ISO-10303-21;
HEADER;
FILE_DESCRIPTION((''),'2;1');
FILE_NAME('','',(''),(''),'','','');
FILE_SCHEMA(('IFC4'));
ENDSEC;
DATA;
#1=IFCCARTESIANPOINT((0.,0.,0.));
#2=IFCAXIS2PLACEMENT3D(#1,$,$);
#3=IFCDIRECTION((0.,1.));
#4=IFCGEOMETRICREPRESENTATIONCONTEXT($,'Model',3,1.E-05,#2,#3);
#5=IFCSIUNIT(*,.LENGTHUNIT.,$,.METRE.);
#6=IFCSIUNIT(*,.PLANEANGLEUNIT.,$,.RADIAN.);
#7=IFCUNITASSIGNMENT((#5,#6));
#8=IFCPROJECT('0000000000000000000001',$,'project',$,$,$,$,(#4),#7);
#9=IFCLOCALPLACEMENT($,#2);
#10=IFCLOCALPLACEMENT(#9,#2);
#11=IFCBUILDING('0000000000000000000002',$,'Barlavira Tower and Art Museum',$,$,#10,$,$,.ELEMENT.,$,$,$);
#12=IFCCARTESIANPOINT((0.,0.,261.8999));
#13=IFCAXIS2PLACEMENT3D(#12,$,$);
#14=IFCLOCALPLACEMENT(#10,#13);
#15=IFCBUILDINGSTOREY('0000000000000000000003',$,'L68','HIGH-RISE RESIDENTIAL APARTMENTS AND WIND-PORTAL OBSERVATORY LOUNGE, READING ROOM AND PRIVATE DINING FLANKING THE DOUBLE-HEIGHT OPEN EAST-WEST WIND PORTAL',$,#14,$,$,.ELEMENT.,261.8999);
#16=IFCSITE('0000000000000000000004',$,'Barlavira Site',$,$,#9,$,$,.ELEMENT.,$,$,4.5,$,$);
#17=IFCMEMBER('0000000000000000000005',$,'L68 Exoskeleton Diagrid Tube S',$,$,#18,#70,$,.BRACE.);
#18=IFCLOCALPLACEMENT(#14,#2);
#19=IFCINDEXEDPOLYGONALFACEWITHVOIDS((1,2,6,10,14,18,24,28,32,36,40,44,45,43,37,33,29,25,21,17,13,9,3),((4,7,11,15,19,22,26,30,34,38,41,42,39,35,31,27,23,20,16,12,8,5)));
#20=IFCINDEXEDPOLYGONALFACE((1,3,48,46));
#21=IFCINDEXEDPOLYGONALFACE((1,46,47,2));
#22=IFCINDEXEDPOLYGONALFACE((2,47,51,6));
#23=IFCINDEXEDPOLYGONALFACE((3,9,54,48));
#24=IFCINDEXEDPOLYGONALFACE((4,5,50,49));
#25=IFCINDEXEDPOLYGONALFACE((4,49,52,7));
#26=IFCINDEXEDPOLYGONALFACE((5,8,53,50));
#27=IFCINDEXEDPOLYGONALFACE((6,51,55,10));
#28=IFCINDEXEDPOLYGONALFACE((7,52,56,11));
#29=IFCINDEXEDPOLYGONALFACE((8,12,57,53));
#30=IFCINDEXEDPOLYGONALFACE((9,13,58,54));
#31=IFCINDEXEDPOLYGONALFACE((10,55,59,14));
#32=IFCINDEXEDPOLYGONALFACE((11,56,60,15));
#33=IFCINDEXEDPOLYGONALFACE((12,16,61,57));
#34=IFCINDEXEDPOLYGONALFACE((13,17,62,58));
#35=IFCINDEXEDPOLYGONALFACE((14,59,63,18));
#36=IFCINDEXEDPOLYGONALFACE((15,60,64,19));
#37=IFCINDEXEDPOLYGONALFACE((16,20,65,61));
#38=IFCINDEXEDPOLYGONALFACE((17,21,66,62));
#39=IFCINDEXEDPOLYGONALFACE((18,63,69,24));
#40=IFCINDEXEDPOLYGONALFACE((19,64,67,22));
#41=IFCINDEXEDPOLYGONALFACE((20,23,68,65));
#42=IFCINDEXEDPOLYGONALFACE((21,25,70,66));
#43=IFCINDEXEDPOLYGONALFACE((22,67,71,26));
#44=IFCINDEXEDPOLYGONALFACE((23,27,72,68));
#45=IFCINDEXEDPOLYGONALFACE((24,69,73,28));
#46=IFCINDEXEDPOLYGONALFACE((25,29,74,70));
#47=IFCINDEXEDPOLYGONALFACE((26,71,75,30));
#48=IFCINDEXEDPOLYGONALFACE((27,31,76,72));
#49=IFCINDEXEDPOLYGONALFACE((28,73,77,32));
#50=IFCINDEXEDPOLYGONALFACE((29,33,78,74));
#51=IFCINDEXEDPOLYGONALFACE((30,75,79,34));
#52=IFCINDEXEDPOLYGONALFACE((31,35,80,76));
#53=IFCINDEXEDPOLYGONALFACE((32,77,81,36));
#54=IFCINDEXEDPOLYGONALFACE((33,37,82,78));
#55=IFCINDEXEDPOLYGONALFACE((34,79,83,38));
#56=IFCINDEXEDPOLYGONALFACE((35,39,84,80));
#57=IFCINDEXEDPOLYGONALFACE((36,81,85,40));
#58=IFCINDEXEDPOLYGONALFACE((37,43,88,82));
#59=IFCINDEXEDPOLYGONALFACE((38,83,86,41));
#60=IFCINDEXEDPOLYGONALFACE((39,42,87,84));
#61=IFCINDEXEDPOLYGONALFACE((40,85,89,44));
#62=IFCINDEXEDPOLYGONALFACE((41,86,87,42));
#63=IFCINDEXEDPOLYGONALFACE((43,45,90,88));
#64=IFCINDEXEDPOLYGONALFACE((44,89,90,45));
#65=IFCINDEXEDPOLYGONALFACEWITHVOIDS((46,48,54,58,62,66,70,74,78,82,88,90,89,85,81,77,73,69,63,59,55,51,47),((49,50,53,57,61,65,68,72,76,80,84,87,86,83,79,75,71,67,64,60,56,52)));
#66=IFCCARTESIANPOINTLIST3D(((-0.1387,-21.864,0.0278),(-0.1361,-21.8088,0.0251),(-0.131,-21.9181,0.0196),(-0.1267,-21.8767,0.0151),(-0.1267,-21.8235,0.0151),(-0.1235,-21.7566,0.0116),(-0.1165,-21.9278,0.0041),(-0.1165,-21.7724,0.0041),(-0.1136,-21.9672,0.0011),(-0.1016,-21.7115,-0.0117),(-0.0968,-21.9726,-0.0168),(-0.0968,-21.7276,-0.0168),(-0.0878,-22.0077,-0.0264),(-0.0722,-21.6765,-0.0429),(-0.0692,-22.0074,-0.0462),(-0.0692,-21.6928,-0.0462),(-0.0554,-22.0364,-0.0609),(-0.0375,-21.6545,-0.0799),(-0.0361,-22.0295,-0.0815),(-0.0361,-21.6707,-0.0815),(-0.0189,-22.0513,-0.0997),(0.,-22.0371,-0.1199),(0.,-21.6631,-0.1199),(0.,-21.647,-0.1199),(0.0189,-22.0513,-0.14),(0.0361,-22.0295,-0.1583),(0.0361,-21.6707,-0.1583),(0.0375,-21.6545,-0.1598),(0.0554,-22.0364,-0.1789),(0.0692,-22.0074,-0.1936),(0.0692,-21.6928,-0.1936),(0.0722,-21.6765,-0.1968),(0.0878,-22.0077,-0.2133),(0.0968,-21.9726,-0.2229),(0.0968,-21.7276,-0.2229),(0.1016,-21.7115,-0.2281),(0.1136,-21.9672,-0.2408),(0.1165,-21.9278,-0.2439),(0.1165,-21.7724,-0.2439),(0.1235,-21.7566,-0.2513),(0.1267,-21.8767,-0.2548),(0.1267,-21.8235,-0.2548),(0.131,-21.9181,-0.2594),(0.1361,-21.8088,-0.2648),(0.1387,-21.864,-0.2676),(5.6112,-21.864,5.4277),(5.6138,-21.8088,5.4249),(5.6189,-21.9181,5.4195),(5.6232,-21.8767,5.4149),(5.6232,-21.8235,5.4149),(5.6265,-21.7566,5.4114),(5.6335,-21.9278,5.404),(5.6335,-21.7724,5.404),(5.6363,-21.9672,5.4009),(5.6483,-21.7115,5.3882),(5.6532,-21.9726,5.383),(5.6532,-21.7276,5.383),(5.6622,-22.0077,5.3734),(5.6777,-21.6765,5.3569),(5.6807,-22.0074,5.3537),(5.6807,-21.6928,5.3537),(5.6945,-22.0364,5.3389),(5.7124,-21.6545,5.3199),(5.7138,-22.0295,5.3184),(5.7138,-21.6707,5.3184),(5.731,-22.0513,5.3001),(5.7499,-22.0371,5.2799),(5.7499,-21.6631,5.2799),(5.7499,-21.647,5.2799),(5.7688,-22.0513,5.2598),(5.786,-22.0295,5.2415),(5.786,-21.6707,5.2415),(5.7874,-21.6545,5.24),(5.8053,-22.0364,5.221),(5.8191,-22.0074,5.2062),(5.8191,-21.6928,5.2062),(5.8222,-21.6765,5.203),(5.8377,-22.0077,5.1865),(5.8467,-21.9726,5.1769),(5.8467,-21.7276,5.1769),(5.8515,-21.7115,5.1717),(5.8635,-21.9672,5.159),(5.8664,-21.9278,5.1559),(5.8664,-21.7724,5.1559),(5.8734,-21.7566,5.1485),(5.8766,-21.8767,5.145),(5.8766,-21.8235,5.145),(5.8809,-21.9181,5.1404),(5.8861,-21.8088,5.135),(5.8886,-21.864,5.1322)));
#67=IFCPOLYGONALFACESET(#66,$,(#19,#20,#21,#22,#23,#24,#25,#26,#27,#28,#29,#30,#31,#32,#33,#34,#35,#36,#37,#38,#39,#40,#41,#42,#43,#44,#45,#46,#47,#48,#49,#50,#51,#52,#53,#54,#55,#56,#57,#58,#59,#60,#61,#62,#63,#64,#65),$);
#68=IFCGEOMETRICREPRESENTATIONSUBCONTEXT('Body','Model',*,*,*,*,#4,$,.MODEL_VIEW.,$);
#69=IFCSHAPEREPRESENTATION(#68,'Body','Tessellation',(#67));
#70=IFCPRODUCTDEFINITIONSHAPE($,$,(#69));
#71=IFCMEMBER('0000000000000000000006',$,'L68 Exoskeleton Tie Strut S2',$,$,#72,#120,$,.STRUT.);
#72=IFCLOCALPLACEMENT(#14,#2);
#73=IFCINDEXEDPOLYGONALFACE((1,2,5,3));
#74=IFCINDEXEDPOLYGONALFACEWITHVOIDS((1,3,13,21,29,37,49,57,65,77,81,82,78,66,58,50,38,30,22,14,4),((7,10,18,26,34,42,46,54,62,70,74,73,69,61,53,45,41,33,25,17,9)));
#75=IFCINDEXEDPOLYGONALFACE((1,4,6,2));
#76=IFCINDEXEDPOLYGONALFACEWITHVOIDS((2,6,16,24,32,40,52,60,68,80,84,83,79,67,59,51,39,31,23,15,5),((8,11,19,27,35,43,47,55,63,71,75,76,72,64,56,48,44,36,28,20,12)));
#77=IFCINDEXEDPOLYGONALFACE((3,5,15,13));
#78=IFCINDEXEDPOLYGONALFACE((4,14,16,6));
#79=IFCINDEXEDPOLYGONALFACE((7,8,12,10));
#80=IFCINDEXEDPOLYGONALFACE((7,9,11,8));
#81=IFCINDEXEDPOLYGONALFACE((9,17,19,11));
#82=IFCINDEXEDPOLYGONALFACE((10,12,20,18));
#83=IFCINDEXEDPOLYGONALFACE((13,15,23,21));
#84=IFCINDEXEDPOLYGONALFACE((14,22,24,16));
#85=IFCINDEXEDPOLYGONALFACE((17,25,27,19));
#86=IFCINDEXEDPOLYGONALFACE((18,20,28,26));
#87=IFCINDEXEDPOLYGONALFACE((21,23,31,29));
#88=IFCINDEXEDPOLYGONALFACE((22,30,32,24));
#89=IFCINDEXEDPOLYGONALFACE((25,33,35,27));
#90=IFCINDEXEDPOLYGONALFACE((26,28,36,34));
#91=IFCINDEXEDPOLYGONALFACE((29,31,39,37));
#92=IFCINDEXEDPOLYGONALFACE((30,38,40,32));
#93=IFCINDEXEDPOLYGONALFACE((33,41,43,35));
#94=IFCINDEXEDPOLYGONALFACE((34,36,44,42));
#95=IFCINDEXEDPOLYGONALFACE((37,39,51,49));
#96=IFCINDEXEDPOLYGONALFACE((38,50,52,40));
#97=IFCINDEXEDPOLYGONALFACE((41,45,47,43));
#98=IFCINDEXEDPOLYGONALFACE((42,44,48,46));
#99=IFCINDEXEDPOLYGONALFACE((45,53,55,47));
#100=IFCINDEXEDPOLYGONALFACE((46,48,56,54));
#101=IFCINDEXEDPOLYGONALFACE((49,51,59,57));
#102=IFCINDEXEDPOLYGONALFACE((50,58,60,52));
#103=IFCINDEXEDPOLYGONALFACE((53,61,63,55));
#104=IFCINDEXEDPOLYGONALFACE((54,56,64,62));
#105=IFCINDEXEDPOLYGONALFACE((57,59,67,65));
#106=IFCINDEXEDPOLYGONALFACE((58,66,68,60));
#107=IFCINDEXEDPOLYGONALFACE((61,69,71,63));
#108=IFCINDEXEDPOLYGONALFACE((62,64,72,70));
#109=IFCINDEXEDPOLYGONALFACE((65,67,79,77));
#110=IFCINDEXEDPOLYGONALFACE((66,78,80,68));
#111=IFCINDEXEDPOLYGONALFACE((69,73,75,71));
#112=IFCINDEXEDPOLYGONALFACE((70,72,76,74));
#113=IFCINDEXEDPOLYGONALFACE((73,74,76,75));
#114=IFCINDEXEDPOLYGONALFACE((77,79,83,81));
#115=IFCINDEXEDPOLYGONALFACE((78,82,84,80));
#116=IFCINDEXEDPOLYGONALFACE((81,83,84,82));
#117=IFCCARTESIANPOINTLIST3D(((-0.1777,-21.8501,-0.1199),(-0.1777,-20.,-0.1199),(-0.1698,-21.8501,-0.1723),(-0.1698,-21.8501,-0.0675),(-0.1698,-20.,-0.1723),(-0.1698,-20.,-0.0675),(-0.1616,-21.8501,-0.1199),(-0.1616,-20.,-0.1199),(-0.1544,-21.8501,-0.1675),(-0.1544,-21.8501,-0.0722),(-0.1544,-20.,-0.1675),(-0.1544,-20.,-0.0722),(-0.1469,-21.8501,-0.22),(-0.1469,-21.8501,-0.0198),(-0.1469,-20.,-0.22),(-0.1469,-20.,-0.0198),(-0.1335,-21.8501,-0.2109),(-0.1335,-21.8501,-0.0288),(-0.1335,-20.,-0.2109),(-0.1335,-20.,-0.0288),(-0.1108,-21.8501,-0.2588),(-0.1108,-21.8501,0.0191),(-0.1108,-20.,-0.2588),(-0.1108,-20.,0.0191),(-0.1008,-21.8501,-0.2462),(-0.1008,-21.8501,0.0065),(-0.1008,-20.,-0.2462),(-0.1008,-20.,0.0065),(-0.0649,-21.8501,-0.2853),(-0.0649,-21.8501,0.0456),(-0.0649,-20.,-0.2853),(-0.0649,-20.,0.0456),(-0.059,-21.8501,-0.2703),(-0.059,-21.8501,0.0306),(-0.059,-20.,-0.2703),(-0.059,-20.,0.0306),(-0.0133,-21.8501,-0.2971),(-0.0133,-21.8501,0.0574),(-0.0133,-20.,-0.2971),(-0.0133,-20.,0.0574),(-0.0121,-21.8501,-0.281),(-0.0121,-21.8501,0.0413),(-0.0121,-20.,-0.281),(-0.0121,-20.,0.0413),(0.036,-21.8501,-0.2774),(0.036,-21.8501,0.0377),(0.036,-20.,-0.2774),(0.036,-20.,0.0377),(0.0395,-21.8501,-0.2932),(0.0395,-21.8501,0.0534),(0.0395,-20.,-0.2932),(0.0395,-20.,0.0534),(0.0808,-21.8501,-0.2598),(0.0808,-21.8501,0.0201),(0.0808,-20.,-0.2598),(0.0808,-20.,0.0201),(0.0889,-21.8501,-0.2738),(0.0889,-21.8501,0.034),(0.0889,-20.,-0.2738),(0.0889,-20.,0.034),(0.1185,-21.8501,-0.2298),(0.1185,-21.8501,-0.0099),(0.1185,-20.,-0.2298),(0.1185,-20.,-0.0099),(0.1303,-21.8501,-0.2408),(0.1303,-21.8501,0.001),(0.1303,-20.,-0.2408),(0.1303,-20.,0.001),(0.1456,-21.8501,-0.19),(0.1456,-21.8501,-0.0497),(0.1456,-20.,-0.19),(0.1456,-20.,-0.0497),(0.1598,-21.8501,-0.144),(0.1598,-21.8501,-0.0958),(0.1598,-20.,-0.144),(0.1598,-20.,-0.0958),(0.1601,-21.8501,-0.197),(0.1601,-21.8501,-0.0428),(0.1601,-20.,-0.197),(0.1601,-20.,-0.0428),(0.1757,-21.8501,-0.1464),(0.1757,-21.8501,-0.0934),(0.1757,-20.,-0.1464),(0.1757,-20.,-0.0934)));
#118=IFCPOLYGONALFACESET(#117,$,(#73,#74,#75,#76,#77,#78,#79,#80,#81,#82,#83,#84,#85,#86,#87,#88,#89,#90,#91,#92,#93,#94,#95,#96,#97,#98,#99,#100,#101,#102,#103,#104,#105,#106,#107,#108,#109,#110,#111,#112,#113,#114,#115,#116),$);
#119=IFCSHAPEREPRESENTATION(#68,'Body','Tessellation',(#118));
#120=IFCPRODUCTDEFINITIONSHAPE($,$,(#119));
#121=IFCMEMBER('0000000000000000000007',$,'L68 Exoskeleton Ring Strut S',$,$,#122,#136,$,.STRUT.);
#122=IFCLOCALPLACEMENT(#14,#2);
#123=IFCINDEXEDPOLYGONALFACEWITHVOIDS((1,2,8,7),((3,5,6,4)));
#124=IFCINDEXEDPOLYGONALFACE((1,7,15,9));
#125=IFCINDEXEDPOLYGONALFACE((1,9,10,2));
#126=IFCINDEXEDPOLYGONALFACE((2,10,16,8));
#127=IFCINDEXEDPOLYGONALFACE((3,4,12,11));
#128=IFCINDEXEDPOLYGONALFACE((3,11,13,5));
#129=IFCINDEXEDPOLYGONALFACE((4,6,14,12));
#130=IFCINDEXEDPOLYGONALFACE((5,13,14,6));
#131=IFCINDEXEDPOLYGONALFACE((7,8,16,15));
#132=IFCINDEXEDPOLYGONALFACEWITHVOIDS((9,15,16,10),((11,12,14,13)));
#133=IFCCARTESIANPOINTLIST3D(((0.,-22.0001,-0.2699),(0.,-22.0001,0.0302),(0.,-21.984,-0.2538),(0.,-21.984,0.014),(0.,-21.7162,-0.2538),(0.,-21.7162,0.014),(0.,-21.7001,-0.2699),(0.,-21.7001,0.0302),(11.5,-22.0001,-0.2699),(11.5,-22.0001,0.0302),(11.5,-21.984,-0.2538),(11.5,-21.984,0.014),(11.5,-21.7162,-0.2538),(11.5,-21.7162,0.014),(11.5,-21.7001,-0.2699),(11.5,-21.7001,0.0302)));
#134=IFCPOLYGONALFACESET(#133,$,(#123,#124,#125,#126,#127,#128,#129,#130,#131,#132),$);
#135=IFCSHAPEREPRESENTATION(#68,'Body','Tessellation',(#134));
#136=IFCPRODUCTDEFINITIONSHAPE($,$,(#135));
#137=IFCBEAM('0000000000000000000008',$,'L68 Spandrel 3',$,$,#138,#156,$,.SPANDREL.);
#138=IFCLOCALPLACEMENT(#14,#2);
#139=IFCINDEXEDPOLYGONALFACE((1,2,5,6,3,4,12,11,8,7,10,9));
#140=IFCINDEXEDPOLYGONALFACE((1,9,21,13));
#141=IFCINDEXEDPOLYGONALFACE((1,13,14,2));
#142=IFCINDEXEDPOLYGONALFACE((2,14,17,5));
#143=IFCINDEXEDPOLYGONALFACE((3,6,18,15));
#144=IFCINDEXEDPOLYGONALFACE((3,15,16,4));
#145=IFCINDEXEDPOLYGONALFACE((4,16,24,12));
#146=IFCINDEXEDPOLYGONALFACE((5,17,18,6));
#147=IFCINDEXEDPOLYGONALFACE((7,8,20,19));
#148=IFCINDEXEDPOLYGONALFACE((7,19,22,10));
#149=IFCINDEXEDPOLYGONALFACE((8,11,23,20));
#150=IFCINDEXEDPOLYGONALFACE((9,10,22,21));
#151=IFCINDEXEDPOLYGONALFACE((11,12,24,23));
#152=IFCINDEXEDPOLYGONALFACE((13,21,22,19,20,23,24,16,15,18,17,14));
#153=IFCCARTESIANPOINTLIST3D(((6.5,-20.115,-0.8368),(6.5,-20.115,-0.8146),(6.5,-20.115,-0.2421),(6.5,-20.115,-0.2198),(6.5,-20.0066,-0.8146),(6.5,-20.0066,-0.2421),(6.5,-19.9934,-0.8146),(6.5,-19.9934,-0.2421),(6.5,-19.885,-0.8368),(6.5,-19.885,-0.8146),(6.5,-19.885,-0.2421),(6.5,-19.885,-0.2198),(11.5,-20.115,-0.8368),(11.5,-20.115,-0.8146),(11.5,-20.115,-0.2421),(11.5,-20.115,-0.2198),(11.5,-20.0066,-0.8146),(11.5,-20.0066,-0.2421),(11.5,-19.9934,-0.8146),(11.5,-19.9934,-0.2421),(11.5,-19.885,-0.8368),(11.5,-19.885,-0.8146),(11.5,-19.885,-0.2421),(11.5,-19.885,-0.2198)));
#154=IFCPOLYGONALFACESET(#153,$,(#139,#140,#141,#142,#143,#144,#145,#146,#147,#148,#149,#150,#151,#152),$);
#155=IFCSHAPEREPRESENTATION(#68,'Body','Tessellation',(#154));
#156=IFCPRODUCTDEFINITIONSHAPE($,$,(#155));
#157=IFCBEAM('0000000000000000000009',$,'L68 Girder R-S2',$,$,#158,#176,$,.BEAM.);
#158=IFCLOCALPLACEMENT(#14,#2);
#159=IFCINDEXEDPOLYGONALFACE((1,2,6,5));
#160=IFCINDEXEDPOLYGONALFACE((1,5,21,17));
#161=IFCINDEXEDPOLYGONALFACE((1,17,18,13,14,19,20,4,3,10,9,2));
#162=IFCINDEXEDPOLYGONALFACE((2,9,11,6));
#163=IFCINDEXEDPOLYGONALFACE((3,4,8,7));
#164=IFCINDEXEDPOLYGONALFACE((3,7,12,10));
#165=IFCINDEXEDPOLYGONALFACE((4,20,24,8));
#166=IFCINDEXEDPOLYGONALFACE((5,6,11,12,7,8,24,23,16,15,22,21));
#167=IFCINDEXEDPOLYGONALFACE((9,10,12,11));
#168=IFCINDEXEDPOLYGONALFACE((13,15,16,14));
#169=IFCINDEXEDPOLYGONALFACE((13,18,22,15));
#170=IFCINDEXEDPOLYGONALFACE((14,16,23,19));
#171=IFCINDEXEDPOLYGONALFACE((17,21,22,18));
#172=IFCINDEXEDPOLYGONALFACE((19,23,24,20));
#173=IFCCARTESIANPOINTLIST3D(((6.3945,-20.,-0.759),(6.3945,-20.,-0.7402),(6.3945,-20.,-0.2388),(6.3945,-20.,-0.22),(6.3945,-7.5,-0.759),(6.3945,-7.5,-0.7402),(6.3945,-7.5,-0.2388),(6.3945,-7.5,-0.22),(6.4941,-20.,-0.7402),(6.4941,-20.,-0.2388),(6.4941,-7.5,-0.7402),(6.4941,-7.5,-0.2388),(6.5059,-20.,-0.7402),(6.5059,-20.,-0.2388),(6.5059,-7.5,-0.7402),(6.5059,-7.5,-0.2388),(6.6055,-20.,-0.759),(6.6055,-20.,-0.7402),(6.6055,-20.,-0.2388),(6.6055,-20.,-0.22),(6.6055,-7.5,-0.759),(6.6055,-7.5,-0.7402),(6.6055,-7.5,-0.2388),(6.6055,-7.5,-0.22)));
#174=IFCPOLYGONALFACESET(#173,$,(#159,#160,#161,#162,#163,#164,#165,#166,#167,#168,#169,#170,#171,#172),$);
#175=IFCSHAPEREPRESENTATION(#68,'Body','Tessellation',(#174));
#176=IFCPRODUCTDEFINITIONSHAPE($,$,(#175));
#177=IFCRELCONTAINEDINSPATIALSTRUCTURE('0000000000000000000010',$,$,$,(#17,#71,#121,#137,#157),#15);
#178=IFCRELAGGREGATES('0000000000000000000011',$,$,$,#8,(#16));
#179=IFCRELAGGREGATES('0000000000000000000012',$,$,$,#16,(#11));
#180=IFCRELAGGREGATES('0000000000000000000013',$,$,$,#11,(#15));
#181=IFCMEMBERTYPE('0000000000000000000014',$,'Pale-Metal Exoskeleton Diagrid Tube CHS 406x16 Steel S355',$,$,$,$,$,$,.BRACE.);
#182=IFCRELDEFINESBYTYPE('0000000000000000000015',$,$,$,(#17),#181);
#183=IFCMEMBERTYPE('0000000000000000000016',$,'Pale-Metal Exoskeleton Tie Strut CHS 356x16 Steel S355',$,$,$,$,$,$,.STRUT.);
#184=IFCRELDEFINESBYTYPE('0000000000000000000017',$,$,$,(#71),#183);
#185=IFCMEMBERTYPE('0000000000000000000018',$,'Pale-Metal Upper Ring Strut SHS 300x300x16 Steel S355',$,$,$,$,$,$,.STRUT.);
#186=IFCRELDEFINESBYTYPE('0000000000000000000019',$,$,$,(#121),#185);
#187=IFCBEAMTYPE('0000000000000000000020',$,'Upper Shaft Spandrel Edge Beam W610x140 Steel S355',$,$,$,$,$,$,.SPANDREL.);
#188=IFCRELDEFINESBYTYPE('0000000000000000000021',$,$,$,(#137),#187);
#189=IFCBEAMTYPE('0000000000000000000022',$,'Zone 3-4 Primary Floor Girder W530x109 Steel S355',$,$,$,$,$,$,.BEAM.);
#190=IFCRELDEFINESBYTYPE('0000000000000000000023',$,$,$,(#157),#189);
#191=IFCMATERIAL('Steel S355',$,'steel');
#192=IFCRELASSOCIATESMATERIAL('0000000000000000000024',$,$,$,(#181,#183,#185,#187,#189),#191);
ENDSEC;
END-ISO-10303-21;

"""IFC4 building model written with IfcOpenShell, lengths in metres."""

from ifc_helpers import new_model, si_unit, direction, frame, origin, origin_2d, place, context, subcontext, project, spatial, hollow_rectangle, hollow_circle, i_section, extrude, material, material_profile, profile_set, type_object, element, save


model = new_model("IFC4")

# Units and contexts
model_context = context("Model", 3, precision=1e-05, world=origin(), true_north=direction((0.0, 1.0)))
body_context = subcontext(model_context, "Body", "Model", "MODEL_VIEW")
ifc_project = project(units=[si_unit("LENGTHUNIT", "METRE"), si_unit("PLANEANGLEUNIT", "RADIAN")], contexts=[model_context])

# Site, building, storey
site_placement = place(None, origin())
site = spatial("IfcSite", under=ifc_project, at=site_placement, Name="Barlavira Site", CompositionType="ELEMENT", RefElevation=4.5)
building_placement = place(site_placement, origin())
building = spatial("IfcBuilding", under=site, at=building_placement, Name="Barlavira Tower and Art Museum", CompositionType="ELEMENT")
storey_placement = place(building_placement, frame((0.0, 0.0, 261.8999)))
storey = spatial("IfcBuildingStorey", under=building, at=storey_placement, Name="L68", Description="HIGH-RISE RESIDENTIAL APARTMENTS AND WIND-PORTAL OBSERVATORY LOUNGE, READING ROOM AND PRIVATE DINING FLANKING THE DOUBLE-HEIGHT OPEN EAST-WEST WIND PORTAL", CompositionType="ELEMENT", Elevation=261.8999)

# Members
ifc_material_1 = material(Name="Steel S355", Category="steel")
ifc_material_profile_1 = material_profile(ifc_material_1, hollow_circle(Radius=0.2031, WallThickness=0.0161, at=origin_2d()), Name="CHS 406.4x16.0")
ifc_profile_set_1 = profile_set([ifc_material_profile_1], Name="Steel S355")
member_type_1 = type_object("IfcMemberType", Name="Pale-Metal Exoskeleton Diagrid Tube CHS 406x16 Steel S355", PredefinedType="BRACE", material=ifc_profile_set_1)
member_1_placement = place(storey_placement, frame((0.0, -21.8501, -0.1199), z_axis=(0.72895, 0.0, 0.684567), x_axis=(0.0, 1.0, 0.0)))
element("IfcMember", 1, at=member_1_placement, inside=storey, type_object=member_type_1, Name="L68 Exoskeleton Diagrid Tube S", PredefinedType="BRACE", context=body_context, shape_type="SweptSolid", body=[
    extrude(hollow_circle(Radius=0.2031, WallThickness=0.0161, at=origin_2d()), origin(), (0.0, 0.0, 1.0), 7.8879),
])
ifc_material_profile_2 = material_profile(ifc_material_1, hollow_circle(Radius=0.1777, WallThickness=0.0161, at=origin_2d()), Name="CHS 355.6x16.0")
ifc_profile_set_2 = profile_set([ifc_material_profile_2], Name="Steel S355")
member_type_2 = type_object("IfcMemberType", Name="Pale-Metal Exoskeleton Tie Strut CHS 356x16 Steel S355", PredefinedType="STRUT", material=ifc_profile_set_2)
member_2_placement = place(storey_placement, frame((0.0, -21.8501, -0.1199), z_axis=(0.0, 1.0, 0.0), x_axis=(-1.0, 0.0, 0.0)))
element("IfcMember", 2, at=member_2_placement, inside=storey, type_object=member_type_2, Name="L68 Exoskeleton Tie Strut S2", PredefinedType="STRUT", context=body_context, shape_type="SweptSolid", body=[
    extrude(hollow_circle(Radius=0.1777, WallThickness=0.0161, at=origin_2d()), origin(), (0.0, 0.0, 1.0), 1.8501),
])
ifc_material_profile_3 = material_profile(ifc_material_1, hollow_rectangle(XDim=0.3, YDim=0.3, WallThickness=0.0161, at=origin_2d()), Name="SHS 300x300x16.0")
ifc_profile_set_3 = profile_set([ifc_material_profile_3], Name="Steel S355")
member_type_3 = type_object("IfcMemberType", Name="Pale-Metal Upper Ring Strut SHS 300x300x16 Steel S355", PredefinedType="STRUT", material=ifc_profile_set_3)
member_3_placement = place(storey_placement, frame((0.0, -21.8501, -0.1199), z_axis=(1.0, 0.0, 0.0), x_axis=(0.0, 1.0, 0.0)))
element("IfcMember", 3, at=member_3_placement, inside=storey, type_object=member_type_3, Name="L68 Exoskeleton Ring Strut S", PredefinedType="STRUT", context=body_context, shape_type="SweptSolid", body=[
    extrude(hollow_rectangle(XDim=0.3, YDim=0.3, WallThickness=0.0161, at=origin_2d()), origin(), (0.0, 0.0, 1.0), 11.5),
])

# Beams
ifc_material_profile_4 = material_profile(ifc_material_1, i_section(OverallWidth=0.23, OverallDepth=0.6169, WebThickness=0.0132, FlangeThickness=0.0222, at=origin_2d()), Name="W610x140.0")
ifc_profile_set_4 = profile_set([ifc_material_profile_4], Name="Steel S355")
beam_type_1 = type_object("IfcBeamType", Name="Upper Shaft Spandrel Edge Beam W610x140 Steel S355", PredefinedType="SPANDREL", material=ifc_profile_set_4)
beam_1_placement = place(storey_placement, frame((6.5, -20.0, -0.5283), z_axis=(1.0, 0.0, 0.0), x_axis=(0.0, 1.0, 0.0)))
element("IfcBeam", 4, at=beam_1_placement, inside=storey, type_object=beam_type_1, Name="L68 Spandrel 3", PredefinedType="SPANDREL", context=body_context, shape_type="SweptSolid", body=[
    extrude(i_section(OverallWidth=0.23, OverallDepth=0.6169, WebThickness=0.0132, FlangeThickness=0.0222, at=origin_2d()), origin(), (0.0, 0.0, 1.0), 5.0),
])
ifc_material_profile_5 = material_profile(ifc_material_1, i_section(OverallWidth=0.2109, OverallDepth=0.5391, WebThickness=0.0117, FlangeThickness=0.0188, at=origin_2d()), Name="W530x109.0")
ifc_profile_set_5 = profile_set([ifc_material_profile_5], Name="Steel S355")
beam_type_2 = type_object("IfcBeamType", Name="Zone 3-4 Primary Floor Girder W530x109 Steel S355", PredefinedType="BEAM", material=ifc_profile_set_5)
beam_2_placement = place(storey_placement, frame((6.5, -20.0, -0.4895), z_axis=(0.0, 1.0, 0.0), x_axis=(-1.0, 0.0, 0.0)))
element("IfcBeam", 5, at=beam_2_placement, inside=storey, type_object=beam_type_2, Name="L68 Girder R-S2", PredefinedType="BEAM", context=body_context, shape_type="SweptSolid", body=[
    extrude(i_section(OverallWidth=0.2109, OverallDepth=0.5391, WebThickness=0.0117, FlangeThickness=0.0188, at=origin_2d()), origin(), (0.0, 0.0, 1.0), 12.5),
])

save(model, "model.ifc")
